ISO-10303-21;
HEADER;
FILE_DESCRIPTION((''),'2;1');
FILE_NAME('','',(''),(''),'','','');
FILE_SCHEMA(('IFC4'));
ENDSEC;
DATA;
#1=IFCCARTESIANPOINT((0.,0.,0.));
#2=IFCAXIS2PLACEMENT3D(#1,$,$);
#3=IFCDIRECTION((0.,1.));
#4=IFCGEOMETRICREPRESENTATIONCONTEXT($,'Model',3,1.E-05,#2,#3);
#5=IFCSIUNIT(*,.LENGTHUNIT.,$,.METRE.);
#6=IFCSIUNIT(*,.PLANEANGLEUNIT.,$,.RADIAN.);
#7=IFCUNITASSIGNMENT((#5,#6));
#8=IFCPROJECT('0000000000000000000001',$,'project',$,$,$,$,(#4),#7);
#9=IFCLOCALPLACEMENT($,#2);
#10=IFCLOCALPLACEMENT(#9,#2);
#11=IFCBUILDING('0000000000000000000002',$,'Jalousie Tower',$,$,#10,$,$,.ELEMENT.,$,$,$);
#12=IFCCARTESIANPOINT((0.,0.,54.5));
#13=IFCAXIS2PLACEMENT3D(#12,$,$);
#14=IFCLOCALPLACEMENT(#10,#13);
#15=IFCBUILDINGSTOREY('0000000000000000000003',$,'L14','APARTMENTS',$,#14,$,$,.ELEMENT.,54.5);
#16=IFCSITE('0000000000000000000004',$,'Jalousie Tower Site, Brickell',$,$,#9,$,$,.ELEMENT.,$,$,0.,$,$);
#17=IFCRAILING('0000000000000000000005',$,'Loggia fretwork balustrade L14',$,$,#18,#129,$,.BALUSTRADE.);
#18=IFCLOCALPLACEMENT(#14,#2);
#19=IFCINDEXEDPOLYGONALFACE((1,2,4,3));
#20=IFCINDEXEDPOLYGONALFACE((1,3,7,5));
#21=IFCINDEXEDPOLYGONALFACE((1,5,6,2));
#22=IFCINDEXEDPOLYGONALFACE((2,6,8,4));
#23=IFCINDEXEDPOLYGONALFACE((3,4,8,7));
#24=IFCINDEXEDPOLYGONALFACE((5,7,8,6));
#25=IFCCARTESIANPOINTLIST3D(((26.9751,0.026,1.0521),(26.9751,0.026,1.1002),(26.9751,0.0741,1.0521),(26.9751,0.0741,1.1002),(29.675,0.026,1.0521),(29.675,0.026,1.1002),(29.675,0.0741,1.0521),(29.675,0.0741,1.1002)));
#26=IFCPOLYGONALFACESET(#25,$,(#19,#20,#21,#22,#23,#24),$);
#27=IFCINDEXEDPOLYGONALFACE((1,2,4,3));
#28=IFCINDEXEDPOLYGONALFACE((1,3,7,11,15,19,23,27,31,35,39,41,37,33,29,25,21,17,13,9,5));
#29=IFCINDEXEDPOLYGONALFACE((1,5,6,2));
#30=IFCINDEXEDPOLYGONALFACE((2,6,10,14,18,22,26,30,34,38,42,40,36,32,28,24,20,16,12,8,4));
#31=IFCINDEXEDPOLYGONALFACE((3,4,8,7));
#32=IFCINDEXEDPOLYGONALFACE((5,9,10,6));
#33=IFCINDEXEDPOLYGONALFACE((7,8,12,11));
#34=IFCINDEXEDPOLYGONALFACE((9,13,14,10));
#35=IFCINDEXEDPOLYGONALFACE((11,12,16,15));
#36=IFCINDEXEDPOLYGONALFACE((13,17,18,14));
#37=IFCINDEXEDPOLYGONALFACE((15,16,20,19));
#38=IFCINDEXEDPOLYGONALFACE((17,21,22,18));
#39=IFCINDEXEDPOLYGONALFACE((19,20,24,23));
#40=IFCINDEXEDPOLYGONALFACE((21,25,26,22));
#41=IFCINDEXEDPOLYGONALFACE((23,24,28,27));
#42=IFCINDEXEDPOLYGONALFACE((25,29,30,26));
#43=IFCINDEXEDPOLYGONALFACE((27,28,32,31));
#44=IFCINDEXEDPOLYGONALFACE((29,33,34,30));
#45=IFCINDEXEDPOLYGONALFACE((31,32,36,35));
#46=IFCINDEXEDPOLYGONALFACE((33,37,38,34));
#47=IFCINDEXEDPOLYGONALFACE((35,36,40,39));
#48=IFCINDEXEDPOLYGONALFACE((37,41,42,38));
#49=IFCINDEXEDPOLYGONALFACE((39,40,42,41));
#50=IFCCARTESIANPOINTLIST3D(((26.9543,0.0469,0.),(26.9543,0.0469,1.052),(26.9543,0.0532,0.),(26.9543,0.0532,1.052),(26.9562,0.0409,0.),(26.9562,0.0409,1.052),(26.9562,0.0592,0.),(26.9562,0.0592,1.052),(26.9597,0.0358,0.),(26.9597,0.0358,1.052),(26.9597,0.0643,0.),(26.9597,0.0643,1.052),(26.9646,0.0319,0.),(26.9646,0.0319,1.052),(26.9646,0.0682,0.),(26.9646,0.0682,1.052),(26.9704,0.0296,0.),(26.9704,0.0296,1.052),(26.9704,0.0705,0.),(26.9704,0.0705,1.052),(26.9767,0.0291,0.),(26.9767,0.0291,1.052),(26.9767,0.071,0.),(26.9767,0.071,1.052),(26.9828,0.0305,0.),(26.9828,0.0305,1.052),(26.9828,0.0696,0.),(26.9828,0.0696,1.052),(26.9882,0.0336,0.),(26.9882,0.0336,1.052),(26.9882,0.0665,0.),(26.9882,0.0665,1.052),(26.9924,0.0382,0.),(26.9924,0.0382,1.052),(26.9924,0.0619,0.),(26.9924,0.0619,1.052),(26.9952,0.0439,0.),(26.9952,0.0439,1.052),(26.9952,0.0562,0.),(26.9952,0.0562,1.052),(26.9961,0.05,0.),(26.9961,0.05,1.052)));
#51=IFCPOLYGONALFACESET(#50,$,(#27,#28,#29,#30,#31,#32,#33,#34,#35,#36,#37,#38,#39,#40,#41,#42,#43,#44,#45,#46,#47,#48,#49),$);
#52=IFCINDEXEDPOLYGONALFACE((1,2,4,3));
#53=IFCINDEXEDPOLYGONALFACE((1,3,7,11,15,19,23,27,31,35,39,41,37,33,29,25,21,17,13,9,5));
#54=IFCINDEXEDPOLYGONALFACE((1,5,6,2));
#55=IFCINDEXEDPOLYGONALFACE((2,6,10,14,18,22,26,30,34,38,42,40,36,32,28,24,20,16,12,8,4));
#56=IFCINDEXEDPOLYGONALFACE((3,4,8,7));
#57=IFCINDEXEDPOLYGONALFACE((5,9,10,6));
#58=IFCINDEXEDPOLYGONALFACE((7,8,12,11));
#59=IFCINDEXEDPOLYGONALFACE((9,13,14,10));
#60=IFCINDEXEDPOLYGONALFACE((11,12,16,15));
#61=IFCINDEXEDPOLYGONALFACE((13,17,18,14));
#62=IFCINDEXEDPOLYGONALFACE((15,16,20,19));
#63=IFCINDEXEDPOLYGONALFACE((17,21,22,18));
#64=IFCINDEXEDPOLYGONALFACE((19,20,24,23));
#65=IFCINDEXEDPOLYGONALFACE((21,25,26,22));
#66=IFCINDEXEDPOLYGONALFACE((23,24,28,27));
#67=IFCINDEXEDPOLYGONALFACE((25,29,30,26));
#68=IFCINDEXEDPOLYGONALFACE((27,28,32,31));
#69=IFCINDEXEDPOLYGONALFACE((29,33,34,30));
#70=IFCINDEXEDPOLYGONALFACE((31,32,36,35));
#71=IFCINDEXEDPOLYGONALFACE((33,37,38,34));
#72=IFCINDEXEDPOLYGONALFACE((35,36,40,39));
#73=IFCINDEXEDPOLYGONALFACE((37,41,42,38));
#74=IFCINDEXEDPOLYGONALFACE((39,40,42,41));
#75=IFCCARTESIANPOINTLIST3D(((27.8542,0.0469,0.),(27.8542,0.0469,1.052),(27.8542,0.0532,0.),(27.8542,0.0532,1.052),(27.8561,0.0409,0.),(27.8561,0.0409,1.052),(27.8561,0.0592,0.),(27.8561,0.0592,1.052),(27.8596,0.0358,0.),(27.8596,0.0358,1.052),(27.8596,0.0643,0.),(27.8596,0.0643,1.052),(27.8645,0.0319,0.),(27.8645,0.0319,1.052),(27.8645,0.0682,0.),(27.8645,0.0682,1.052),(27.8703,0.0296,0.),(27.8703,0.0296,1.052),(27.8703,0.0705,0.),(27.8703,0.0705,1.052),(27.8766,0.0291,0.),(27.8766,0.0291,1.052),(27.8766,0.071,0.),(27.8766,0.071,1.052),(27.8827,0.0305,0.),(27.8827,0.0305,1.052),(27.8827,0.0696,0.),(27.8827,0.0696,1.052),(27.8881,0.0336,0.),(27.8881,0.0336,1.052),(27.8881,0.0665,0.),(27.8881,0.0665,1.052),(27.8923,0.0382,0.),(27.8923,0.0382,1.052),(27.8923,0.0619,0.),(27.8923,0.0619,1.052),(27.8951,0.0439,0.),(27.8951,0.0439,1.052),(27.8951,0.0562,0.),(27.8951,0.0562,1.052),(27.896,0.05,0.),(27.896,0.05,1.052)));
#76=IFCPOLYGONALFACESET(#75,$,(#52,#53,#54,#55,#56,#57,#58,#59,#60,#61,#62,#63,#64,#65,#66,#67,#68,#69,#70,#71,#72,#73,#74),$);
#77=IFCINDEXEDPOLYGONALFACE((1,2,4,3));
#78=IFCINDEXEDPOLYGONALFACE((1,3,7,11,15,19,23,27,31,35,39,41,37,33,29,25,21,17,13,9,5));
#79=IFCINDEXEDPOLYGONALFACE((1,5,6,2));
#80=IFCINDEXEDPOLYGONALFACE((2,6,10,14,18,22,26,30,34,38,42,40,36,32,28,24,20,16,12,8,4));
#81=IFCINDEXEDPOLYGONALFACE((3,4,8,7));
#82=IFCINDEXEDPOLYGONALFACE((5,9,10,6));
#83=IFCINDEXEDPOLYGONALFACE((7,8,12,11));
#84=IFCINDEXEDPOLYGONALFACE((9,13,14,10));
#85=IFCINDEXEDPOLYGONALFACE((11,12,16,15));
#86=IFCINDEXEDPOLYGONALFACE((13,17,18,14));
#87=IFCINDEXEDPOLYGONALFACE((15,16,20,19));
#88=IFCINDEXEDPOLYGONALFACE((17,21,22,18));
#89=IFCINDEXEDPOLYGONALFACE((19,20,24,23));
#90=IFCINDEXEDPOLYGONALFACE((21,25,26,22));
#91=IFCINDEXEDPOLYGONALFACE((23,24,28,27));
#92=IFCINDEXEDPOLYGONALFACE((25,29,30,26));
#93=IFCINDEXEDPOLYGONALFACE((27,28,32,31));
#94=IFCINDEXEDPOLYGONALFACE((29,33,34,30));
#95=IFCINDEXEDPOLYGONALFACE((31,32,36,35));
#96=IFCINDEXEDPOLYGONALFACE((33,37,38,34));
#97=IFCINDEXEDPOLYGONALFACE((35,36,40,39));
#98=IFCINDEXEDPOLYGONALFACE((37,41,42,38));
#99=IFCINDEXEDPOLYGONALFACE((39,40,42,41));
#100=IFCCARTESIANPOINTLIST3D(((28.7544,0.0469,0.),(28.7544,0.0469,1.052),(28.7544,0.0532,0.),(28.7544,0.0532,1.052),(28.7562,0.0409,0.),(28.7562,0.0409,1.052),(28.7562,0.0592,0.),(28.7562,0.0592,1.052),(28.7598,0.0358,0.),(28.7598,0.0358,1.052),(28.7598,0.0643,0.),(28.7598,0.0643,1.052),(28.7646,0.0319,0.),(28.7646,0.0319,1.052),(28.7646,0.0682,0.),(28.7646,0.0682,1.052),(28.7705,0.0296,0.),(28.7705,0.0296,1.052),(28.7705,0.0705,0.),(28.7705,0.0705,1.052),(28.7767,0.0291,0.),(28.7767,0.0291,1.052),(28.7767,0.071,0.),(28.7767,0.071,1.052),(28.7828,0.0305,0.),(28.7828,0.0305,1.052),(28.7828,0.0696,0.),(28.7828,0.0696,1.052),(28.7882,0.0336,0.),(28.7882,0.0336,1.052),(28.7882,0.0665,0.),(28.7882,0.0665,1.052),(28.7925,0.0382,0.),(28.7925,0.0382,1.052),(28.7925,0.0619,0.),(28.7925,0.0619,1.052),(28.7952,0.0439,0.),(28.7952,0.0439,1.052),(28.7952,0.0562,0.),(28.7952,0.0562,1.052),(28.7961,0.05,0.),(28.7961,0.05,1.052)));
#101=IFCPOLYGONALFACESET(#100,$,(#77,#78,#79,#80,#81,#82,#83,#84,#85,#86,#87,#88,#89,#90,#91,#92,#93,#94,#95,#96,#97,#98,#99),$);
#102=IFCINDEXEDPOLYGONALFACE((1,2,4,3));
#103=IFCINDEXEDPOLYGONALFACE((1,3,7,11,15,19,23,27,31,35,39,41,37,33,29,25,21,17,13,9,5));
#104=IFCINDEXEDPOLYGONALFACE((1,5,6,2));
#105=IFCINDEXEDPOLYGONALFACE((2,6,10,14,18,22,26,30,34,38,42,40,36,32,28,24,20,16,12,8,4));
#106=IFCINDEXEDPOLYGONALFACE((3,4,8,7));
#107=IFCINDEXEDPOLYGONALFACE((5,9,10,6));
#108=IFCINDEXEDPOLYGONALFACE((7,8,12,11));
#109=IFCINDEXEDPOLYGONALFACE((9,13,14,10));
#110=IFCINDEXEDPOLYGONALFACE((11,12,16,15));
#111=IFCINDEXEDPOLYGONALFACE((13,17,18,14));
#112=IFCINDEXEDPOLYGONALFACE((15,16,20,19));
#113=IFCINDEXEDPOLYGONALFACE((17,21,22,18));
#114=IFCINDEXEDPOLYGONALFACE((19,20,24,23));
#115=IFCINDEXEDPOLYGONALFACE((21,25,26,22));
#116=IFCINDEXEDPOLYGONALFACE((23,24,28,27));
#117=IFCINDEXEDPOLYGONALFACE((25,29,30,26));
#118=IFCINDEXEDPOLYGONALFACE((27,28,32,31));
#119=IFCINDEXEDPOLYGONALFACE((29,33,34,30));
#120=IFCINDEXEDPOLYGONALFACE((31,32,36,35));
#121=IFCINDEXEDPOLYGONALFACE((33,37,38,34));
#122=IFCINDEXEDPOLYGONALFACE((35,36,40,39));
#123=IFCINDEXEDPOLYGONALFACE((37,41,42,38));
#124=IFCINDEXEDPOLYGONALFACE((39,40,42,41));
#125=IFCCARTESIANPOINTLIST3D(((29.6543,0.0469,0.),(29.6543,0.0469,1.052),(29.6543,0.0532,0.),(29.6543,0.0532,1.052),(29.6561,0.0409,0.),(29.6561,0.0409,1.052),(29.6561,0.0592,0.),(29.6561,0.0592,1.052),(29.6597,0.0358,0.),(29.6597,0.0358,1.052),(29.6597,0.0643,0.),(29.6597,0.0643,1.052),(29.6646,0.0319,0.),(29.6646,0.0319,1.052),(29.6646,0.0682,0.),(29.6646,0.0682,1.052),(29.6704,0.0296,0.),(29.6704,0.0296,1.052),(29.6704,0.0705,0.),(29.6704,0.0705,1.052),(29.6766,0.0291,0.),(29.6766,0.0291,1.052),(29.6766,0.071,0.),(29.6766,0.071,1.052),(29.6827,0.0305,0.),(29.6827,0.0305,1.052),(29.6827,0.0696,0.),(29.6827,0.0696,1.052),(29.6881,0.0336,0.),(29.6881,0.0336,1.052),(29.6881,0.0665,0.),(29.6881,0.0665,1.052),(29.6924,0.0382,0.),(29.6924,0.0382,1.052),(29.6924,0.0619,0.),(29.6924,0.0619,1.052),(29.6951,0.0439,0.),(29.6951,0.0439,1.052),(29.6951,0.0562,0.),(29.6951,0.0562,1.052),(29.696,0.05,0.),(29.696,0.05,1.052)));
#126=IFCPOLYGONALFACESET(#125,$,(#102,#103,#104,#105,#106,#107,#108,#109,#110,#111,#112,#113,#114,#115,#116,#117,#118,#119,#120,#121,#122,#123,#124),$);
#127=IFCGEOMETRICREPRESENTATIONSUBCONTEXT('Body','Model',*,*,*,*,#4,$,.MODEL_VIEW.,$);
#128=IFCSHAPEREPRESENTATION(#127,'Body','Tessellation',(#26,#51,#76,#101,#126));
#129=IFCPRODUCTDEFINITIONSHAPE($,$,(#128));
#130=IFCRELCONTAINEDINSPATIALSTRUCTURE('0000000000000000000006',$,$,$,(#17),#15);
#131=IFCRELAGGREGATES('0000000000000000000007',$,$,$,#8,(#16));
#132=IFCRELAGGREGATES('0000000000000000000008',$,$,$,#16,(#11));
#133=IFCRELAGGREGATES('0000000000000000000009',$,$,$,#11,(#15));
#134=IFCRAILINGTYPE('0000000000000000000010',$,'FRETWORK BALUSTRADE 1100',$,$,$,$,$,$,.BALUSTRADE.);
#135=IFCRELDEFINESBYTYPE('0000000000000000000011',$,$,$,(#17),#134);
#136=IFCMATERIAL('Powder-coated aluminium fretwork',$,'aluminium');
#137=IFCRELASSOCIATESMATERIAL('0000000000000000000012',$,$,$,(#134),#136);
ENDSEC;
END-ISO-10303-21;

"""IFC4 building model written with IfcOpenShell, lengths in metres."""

from ifc_helpers import new_model, si_unit, direction, frame, origin, origin_2d, place, context, subcontext, project, spatial, rectangle, circle, extrude, material, type_object, element, save


model = new_model("IFC4")

# Units and contexts
model_context = context("Model", 3, precision=1e-05, world=origin(), true_north=direction((0.0, 1.0)))
body_context = subcontext(model_context, "Body", "Model", "MODEL_VIEW")
ifc_project = project(units=[si_unit("LENGTHUNIT", "METRE"), si_unit("PLANEANGLEUNIT", "RADIAN")], contexts=[model_context])

# Site, building, storey
site_placement = place(None, origin())
site = spatial("IfcSite", under=ifc_project, at=site_placement, Name="Jalousie Tower Site, Brickell", CompositionType="ELEMENT", RefElevation=0.0)
building_placement = place(site_placement, origin())
building = spatial("IfcBuilding", under=site, at=building_placement, Name="Jalousie Tower", CompositionType="ELEMENT")
storey_placement = place(building_placement, frame((0.0, 0.0, 54.5)))
storey = spatial("IfcBuildingStorey", under=building, at=storey_placement, Name="L14", Description="APARTMENTS", CompositionType="ELEMENT", Elevation=54.5)

# Railing
ifc_material_1 = material(Name="Powder-coated aluminium fretwork", Category="aluminium")
railing_type = type_object("IfcRailingType", Name="FRETWORK BALUSTRADE 1100", PredefinedType="BALUSTRADE", material=ifc_material_1)
for number, where, name in (
    (1, (26.9751, 0.05, 0.0), "Loggia fretwork balustrade L14"),
):
    element("IfcRailing", number, at=place(storey_placement, frame(where)), inside=storey, type_object=railing_type, Name=name, PredefinedType="BALUSTRADE", context=body_context, shape_type="SweptSolid", body=[
        extrude(rectangle(XDim=0.0481, YDim=0.0481, at=origin_2d()), frame((0.0, 0.0, 1.0762), z_axis=(1.0, 0.0, 0.0), x_axis=(0.0, 1.0, 0.0)), (0.0, 0.0, 1.0), 2.7),
        extrude(circle(Radius=0.021, at=origin_2d()), origin(), (0.0, 0.0, 1.0), 1.052),
        extrude(circle(Radius=0.021, at=origin_2d()), frame((0.8999, 0.0, 0.0)), (0.0, 0.0, 1.0), 1.052),
        extrude(circle(Radius=0.021, at=origin_2d()), frame((1.8, 0.0, 0.0)), (0.0, 0.0, 1.0), 1.052),
        extrude(circle(Radius=0.021, at=origin_2d()), frame((2.7, 0.0, 0.0)), (0.0, 0.0, 1.0), 1.052),
    ])

save(model, "model.ifc")
